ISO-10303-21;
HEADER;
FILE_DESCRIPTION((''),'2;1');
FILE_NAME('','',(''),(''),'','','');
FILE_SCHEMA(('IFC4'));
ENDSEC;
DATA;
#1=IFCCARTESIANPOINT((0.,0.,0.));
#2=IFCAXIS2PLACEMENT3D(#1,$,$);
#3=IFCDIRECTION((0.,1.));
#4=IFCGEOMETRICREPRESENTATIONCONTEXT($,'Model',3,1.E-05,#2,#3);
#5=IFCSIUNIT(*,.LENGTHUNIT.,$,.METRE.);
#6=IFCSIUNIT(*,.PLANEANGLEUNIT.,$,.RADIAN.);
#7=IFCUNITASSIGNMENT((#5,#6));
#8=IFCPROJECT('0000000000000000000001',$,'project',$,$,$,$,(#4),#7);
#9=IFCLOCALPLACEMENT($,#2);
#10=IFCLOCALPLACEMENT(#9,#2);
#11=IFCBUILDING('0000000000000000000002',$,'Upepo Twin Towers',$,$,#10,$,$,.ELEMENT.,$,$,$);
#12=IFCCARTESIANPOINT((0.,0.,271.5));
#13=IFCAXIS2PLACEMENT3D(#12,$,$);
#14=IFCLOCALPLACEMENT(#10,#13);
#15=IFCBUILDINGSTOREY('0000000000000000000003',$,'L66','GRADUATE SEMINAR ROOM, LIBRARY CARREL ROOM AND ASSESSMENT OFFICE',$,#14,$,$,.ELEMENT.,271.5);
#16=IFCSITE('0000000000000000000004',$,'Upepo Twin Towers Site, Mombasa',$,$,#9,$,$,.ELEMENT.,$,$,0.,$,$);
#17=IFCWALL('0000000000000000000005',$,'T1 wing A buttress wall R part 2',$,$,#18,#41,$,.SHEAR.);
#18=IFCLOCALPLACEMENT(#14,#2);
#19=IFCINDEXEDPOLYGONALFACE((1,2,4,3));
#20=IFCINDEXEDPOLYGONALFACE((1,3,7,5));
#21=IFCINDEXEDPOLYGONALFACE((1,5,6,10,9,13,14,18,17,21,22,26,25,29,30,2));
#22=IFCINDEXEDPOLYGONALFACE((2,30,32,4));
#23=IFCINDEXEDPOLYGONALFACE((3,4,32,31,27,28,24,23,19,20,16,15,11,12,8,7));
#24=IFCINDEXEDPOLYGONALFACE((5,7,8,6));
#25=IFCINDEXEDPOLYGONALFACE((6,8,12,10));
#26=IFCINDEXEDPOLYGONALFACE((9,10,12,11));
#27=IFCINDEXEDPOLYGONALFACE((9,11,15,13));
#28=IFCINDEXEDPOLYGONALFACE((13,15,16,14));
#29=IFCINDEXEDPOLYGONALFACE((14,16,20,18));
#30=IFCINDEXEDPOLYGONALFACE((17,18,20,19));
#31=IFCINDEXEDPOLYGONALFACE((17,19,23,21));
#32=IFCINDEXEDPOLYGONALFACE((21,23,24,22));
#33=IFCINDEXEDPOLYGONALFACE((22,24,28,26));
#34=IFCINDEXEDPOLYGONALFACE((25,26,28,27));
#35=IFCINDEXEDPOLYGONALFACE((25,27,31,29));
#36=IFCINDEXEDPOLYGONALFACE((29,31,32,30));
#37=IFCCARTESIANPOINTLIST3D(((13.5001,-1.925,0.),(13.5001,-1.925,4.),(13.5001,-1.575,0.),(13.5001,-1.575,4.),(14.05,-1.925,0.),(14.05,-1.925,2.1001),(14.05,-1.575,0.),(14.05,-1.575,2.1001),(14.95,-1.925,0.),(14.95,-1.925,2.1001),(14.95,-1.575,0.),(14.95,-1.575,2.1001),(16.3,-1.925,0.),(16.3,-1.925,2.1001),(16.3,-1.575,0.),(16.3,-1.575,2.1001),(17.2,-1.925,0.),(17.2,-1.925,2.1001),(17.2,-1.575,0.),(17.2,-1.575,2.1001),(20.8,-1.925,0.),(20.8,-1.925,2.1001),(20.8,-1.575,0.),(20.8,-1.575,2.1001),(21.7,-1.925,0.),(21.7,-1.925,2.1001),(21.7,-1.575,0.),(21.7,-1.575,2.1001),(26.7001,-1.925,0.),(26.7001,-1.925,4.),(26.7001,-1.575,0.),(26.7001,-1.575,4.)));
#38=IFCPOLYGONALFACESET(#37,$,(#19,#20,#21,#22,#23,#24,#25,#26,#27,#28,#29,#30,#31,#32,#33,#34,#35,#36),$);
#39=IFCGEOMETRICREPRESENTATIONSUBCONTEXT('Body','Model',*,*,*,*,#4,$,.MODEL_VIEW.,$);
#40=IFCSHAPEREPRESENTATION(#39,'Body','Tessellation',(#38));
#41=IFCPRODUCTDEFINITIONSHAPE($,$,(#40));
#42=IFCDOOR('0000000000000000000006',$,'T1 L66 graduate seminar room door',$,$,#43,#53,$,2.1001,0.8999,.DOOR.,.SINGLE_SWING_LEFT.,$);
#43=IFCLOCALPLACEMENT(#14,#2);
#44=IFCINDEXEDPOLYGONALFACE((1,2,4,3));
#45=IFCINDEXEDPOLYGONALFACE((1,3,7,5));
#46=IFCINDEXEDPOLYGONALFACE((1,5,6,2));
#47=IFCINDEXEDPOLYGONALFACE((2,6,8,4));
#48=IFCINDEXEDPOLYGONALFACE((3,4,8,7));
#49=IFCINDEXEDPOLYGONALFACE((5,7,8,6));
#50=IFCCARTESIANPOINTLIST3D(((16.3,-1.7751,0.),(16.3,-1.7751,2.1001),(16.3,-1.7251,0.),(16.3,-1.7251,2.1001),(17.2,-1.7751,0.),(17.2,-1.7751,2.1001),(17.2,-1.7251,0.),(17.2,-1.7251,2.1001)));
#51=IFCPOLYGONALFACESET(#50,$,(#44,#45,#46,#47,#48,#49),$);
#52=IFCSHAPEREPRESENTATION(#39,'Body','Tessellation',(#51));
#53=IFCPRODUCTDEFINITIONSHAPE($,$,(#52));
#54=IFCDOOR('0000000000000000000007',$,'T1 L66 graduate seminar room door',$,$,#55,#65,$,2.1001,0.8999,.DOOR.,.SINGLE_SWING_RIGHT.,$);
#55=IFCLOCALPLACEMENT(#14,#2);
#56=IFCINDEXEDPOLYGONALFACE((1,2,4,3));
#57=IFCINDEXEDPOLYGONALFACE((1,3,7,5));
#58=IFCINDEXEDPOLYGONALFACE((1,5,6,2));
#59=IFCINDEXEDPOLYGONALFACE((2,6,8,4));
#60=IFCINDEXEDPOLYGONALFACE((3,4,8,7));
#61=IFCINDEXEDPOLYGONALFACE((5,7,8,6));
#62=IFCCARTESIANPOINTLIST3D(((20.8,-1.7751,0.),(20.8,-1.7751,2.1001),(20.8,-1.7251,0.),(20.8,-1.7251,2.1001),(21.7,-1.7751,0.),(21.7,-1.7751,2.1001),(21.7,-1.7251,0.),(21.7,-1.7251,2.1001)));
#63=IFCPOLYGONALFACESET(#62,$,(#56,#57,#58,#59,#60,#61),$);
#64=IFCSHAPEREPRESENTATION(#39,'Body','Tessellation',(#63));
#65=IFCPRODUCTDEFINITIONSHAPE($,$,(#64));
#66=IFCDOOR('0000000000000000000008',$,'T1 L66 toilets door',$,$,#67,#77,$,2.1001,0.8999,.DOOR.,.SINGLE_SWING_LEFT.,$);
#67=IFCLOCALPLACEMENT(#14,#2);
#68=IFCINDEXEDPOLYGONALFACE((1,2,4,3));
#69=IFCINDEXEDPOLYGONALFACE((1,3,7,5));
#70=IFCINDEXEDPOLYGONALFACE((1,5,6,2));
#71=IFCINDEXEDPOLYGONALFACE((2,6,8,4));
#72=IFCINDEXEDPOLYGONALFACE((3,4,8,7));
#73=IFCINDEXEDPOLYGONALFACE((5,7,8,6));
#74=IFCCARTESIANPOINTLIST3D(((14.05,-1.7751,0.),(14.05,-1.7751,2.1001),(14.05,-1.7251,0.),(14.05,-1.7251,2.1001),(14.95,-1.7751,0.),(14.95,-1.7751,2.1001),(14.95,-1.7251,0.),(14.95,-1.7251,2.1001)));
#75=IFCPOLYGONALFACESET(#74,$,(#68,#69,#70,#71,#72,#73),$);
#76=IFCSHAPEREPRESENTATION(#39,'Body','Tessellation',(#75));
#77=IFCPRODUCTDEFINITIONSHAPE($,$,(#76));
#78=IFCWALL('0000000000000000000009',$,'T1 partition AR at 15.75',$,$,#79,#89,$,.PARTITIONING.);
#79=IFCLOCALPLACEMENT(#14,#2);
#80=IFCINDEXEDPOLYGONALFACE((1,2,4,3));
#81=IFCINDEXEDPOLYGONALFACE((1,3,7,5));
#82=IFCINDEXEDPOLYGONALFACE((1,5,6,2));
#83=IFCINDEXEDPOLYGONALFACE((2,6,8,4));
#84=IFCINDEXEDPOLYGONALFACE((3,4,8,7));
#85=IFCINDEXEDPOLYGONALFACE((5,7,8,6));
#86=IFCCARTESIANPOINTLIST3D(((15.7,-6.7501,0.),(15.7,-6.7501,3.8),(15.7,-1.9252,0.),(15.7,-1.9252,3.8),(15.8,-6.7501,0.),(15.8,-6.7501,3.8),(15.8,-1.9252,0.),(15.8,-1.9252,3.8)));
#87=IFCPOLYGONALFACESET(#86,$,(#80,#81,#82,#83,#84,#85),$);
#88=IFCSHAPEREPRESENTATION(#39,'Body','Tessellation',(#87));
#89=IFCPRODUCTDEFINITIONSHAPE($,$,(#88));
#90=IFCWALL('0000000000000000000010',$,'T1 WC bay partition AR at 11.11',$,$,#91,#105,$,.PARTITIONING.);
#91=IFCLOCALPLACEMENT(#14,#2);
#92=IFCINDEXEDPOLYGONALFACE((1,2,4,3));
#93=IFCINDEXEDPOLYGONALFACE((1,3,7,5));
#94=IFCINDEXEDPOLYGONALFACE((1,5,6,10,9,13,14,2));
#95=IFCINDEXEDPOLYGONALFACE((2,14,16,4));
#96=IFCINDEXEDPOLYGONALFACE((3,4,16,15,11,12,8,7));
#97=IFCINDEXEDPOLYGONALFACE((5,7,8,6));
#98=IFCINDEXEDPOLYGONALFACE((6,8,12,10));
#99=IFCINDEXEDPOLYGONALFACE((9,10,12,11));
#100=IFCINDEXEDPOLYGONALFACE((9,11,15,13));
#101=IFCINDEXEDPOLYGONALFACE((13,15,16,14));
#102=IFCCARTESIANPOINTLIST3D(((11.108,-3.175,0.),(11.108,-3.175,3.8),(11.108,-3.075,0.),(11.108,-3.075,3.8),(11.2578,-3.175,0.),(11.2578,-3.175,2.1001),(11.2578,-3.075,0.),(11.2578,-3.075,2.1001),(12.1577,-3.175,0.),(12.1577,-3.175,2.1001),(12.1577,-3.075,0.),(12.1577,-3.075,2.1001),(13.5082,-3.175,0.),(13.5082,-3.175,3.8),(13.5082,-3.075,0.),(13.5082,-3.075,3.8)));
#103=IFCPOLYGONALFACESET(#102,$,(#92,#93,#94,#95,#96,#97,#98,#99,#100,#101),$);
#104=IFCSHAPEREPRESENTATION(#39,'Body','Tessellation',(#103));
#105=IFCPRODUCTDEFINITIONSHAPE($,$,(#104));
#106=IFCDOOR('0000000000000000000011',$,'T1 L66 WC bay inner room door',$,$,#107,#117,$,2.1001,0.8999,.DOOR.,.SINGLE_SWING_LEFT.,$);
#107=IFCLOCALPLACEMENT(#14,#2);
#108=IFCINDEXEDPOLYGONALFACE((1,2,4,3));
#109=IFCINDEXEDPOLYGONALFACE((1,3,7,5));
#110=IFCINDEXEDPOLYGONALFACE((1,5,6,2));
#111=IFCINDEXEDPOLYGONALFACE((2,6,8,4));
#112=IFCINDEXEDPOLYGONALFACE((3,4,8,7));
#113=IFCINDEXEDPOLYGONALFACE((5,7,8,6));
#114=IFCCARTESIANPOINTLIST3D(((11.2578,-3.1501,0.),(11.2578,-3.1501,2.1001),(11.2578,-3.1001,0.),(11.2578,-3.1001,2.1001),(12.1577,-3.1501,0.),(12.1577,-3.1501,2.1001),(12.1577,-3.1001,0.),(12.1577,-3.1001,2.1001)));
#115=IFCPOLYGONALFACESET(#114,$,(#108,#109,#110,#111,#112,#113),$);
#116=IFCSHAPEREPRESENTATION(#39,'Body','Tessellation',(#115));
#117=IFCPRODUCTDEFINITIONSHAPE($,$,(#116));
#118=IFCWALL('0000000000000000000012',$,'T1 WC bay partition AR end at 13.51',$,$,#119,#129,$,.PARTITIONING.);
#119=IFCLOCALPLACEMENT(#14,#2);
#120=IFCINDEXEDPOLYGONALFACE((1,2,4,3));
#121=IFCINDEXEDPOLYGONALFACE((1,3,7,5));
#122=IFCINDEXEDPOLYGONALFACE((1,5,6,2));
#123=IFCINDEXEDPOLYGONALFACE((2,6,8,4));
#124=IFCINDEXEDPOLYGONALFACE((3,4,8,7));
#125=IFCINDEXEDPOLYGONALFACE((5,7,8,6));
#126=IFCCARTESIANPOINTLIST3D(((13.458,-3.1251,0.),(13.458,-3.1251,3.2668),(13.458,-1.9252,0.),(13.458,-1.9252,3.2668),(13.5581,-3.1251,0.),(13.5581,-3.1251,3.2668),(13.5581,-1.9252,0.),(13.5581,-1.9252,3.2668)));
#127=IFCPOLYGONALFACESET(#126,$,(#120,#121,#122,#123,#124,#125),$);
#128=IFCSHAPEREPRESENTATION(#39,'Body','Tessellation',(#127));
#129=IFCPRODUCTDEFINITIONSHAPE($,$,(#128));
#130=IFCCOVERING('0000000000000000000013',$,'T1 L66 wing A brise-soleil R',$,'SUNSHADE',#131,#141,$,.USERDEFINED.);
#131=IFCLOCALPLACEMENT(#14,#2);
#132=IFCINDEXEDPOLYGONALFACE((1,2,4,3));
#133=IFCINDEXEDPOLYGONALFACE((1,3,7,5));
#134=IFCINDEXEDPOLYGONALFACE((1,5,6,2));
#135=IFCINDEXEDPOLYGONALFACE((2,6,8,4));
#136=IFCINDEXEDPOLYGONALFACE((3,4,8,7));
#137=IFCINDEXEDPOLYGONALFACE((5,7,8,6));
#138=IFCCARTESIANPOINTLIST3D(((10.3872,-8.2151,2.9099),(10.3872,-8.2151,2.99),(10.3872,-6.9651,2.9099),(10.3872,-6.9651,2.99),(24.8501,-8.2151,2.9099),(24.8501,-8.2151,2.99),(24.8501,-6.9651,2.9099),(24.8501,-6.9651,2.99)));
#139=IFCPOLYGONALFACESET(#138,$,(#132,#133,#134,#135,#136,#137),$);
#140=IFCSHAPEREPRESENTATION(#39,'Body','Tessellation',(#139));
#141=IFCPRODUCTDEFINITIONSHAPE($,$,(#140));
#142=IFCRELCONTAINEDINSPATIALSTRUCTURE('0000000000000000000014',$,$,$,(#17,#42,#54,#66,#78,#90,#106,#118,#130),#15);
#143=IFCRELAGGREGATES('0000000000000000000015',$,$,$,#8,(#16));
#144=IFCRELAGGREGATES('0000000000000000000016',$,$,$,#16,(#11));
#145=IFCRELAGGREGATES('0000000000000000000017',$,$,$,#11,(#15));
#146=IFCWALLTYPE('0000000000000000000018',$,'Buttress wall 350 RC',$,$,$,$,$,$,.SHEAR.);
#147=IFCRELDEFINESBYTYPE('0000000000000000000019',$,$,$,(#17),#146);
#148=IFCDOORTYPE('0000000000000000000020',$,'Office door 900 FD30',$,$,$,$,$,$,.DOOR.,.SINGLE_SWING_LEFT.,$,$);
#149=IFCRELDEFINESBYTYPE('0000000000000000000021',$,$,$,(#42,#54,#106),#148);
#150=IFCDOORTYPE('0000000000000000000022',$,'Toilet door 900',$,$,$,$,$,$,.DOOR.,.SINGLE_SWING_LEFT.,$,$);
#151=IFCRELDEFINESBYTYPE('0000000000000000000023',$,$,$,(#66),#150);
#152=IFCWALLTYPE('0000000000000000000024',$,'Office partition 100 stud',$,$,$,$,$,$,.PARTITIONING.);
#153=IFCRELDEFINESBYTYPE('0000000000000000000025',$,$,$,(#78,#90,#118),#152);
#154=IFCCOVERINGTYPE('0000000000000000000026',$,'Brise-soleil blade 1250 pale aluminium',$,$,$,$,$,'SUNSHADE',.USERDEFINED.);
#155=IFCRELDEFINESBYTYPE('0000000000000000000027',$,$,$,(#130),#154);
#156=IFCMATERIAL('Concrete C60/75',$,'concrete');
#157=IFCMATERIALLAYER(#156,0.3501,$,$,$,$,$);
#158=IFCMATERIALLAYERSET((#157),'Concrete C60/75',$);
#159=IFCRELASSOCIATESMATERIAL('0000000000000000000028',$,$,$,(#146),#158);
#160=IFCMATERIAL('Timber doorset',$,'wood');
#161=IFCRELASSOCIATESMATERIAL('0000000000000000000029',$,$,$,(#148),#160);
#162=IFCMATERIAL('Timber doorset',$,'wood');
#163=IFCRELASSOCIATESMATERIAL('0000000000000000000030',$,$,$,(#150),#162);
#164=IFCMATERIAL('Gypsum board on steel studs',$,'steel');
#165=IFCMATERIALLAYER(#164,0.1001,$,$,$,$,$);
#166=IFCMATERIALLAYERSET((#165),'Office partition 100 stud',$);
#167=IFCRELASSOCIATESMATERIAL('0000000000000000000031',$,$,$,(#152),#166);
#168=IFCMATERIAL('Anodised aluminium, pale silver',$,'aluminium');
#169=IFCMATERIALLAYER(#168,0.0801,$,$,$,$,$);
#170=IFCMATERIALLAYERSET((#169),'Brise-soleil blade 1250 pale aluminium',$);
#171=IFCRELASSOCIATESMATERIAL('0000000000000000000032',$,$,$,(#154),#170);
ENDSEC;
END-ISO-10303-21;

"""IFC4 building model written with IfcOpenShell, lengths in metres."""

from ifc_helpers import new_model, si_unit, direction, frame, frame_2d, origin, origin_2d, place, context, subcontext, project, spatial, rectangle, extrude, material, layer, layer_set, type_object, element, fill, save


model = new_model("IFC4")

# Units and contexts
model_context = context("Model", 3, precision=1e-05, world=origin(), true_north=direction((0.0, 1.0)))
body_context = subcontext(model_context, "Body", "Model", "MODEL_VIEW")
ifc_project = project(units=[si_unit("LENGTHUNIT", "METRE"), si_unit("PLANEANGLEUNIT", "RADIAN")], contexts=[model_context])

# Site, building, storey
site_placement = place(None, origin())
site = spatial("IfcSite", under=ifc_project, at=site_placement, Name="Upepo Twin Towers Site, Mombasa", CompositionType="ELEMENT", RefElevation=0.0)
building_placement = place(site_placement, origin())
building = spatial("IfcBuilding", under=site, at=building_placement, Name="Upepo Twin Towers", CompositionType="ELEMENT")
storey_placement = place(building_placement, frame((0.0, 0.0, 271.5)))
storey = spatial("IfcBuildingStorey", under=building, at=storey_placement, Name="L66", Description="GRADUATE SEMINAR ROOM, LIBRARY CARREL ROOM AND ASSESSMENT OFFICE", CompositionType="ELEMENT", Elevation=271.5)

# Shared definitions
ifc_material_1 = material(Name="Concrete C60/75", Category="concrete")
ifc_layer_1 = layer(ifc_material_1, 0.3501)
ifc_layer_set_1 = layer_set([ifc_layer_1], Name="Concrete C60/75")
wall_type_1 = type_object("IfcWallType", Name="Buttress wall 350 RC", PredefinedType="SHEAR", material=ifc_layer_set_1)

# Wall, openings, doors
wall_1_placement = place(storey_placement, frame((13.5, -1.75, 0.0), z_axis=(0.0, 0.0, 1.0), x_axis=(1.0, 0.0, 0.0)))
wall_1 = element("IfcWall", 1, at=wall_1_placement, inside=storey, type_object=wall_type_1, Name="T1 wing A buttress wall R part 2", PredefinedType="SHEAR", context=body_context, shape_type="SweptSolid", body=[
    extrude(rectangle(XDim=13.2, YDim=0.3501, at=frame_2d((6.6001, 0.0))), origin(), (0.0, 0.0, 1.0), 4.0),
])
opening_1_placement = place(wall_1_placement, frame((0.55, 0.0, 0.0)))
opening_1 = element("IfcOpeningElement", 2, at=opening_1_placement, cuts=wall_1, PredefinedType="OPENING", context=body_context, shape_type="SweptSolid", body=[
    extrude(rectangle(XDim=0.8999, YDim=2.1001, at=frame_2d((0.45, 1.05))), frame((0.0, 0.1851, 0.0), z_axis=(0.0, -1.0, 0.0), x_axis=(1.0, 0.0, 0.0)), (0.0, 0.0, 1.0), 0.3701),
])
opening_2_placement = place(wall_1_placement, frame((2.8, 0.0, 0.0)))
opening_2 = element("IfcOpeningElement", 3, at=opening_2_placement, cuts=wall_1, PredefinedType="OPENING", context=body_context, shape_type="SweptSolid", body=[
    extrude(rectangle(XDim=0.8999, YDim=2.1001, at=frame_2d((0.45, 1.05))), frame((0.0, 0.1851, 0.0), z_axis=(0.0, -1.0, 0.0), x_axis=(1.0, 0.0, 0.0)), (0.0, 0.0, 1.0), 0.3701),
])
opening_3_placement = place(wall_1_placement, frame((7.3, 0.0, 0.0)))
opening_3 = element("IfcOpeningElement", 4, at=opening_3_placement, cuts=wall_1, PredefinedType="OPENING", context=body_context, shape_type="SweptSolid", body=[
    extrude(rectangle(XDim=0.8999, YDim=2.1001, at=frame_2d((0.45, 1.05))), frame((0.0, 0.1851, 0.0), z_axis=(0.0, -1.0, 0.0), x_axis=(1.0, 0.0, 0.0)), (0.0, 0.0, 1.0), 0.3701),
])
ifc_material_2 = material(Name="Timber doorset", Category="wood")
door_type_1 = type_object("IfcDoorType", Name="Office door 900 FD30", OperationType="SINGLE_SWING_LEFT", PredefinedType="DOOR", material=ifc_material_2)
door_1_placement = place(opening_2_placement, origin())
door_1 = element("IfcDoor", 5, at=door_1_placement, inside=storey, type_object=door_type_1, Name="T1 L66 graduate seminar room door", OperationType="SINGLE_SWING_LEFT", OverallHeight=2.1001, OverallWidth=0.8999, PredefinedType="DOOR", context=body_context, shape_type="SweptSolid", body=[
    extrude(rectangle(XDim=0.8999, YDim=2.1001, at=frame_2d((0.45, 1.05))), frame((0.0, 0.0249, 0.0), z_axis=(0.0, -1.0, 0.0), x_axis=(1.0, 0.0, 0.0)), (0.0, 0.0, 1.0), 0.05),
])
fill(opening_2, door_1)
door_2_placement = place(opening_3_placement, origin())
door_2 = element("IfcDoor", 6, at=door_2_placement, inside=storey, type_object=door_type_1, Name="T1 L66 graduate seminar room door", OperationType="SINGLE_SWING_RIGHT", OverallHeight=2.1001, OverallWidth=0.8999, PredefinedType="DOOR", context=body_context, shape_type="SweptSolid", body=[
    extrude(rectangle(XDim=0.8999, YDim=2.1001, at=frame_2d((0.45, 1.05))), frame((0.0, 0.0249, 0.0), z_axis=(0.0, -1.0, 0.0), x_axis=(1.0, 0.0, 0.0)), (0.0, 0.0, 1.0), 0.05),
])
fill(opening_3, door_2)
ifc_material_3 = material(Name="Timber doorset", Category="wood")
door_type_2 = type_object("IfcDoorType", Name="Toilet door 900", OperationType="SINGLE_SWING_LEFT", PredefinedType="DOOR", material=ifc_material_3)
door_3_placement = place(opening_1_placement, origin())
door_3 = element("IfcDoor", 7, at=door_3_placement, inside=storey, type_object=door_type_2, Name="T1 L66 toilets door", OperationType="SINGLE_SWING_LEFT", OverallHeight=2.1001, OverallWidth=0.8999, PredefinedType="DOOR", context=body_context, shape_type="SweptSolid", body=[
    extrude(rectangle(XDim=0.8999, YDim=2.1001, at=frame_2d((0.45, 1.05))), frame((0.0, 0.0249, 0.0), z_axis=(0.0, -1.0, 0.0), x_axis=(1.0, 0.0, 0.0)), (0.0, 0.0, 1.0), 0.05),
])
fill(opening_1, door_3)

# Wall
ifc_material_4 = material(Name="Gypsum board on steel studs", Category="steel")
ifc_layer_2 = layer(ifc_material_4, 0.1001)
ifc_layer_set_2 = layer_set([ifc_layer_2], Name="Office partition 100 stud")
wall_type_2 = type_object("IfcWallType", Name="Office partition 100 stud", PredefinedType="PARTITIONING", material=ifc_layer_set_2)
wall_2_placement = place(storey_placement, frame((15.75, -1.925, 0.0), z_axis=(0.0, 0.0, 1.0), x_axis=(0.0, -1.0, 0.0)))
element("IfcWall", 8, at=wall_2_placement, inside=storey, type_object=wall_type_2, Name="T1 partition AR at 15.75", PredefinedType="PARTITIONING", context=body_context, shape_type="SweptSolid", body=[
    extrude(rectangle(XDim=4.825, YDim=0.1001, at=frame_2d((2.4126, 0.0))), origin(), (0.0, 0.0, 1.0), 3.8),
])

# Wall, opening, door
wall_3_placement = place(storey_placement, frame((11.1079, -3.125, 0.0), z_axis=(0.0, 0.0, 1.0), x_axis=(1.0, 0.0, 0.0)))
wall_3 = element("IfcWall", 9, at=wall_3_placement, inside=storey, type_object=wall_type_2, Name="T1 WC bay partition AR at 11.11", PredefinedType="PARTITIONING", context=body_context, shape_type="SweptSolid", body=[
    extrude(rectangle(XDim=2.4001, YDim=0.1001, at=frame_2d((1.2002, 0.0))), origin(), (0.0, 0.0, 1.0), 3.8),
])
opening_4_placement = place(wall_3_placement, frame((0.1499, 0.0, 0.0)))
opening_4 = element("IfcOpeningElement", 10, at=opening_4_placement, cuts=wall_3, PredefinedType="OPENING", context=body_context, shape_type="SweptSolid", body=[
    extrude(rectangle(XDim=0.8999, YDim=2.1001, at=frame_2d((0.45, 1.05))), frame((0.0, 0.0601, 0.0), z_axis=(0.0, -1.0, 0.0), x_axis=(1.0, 0.0, 0.0)), (0.0, 0.0, 1.0), 0.1201),
])
door_4_placement = place(opening_4_placement, origin())
door_4 = element("IfcDoor", 11, at=door_4_placement, inside=storey, type_object=door_type_1, Name="T1 L66 WC bay inner room door", OperationType="SINGLE_SWING_LEFT", OverallHeight=2.1001, OverallWidth=0.8999, PredefinedType="DOOR", context=body_context, shape_type="SweptSolid", body=[
    extrude(rectangle(XDim=0.8999, YDim=2.1001, at=frame_2d((0.45, 1.05))), frame((0.0, 0.0249, 0.0), z_axis=(0.0, -1.0, 0.0), x_axis=(1.0, 0.0, 0.0)), (0.0, 0.0, 1.0), 0.05),
])
fill(opening_4, door_4)

# Wall
wall_4_placement = place(storey_placement, frame((13.5081, -1.925, 0.0), z_axis=(0.0, 0.0, 1.0), x_axis=(0.0, -1.0, 0.0)))
element("IfcWall", 12, at=wall_4_placement, inside=storey, type_object=wall_type_2, Name="T1 WC bay partition AR end at 13.51", PredefinedType="PARTITIONING", context=body_context, shape_type="SweptSolid", body=[
    extrude(rectangle(XDim=1.2, YDim=0.1001, at=frame_2d((0.6001, 0.0))), origin(), (0.0, 0.0, 1.0), 3.2668),
])

# Covering
ifc_material_5 = material(Name="Anodised aluminium, pale silver", Category="aluminium")
ifc_layer_3 = layer(ifc_material_5, 0.0801)
ifc_layer_set_3 = layer_set([ifc_layer_3], Name="Brise-soleil blade 1250 pale aluminium")
covering_type = type_object("IfcCoveringType", Name="Brise-soleil blade 1250 pale aluminium", ElementType="SUNSHADE", PredefinedType="USERDEFINED", material=ifc_layer_set_3)
covering_placement = place(storey_placement, frame((17.6187, -7.5901, 2.9099), z_axis=(0.0, 0.0, 1.0), x_axis=(1.0, 0.0, 0.0)))
element("IfcCovering", 13, at=covering_placement, inside=storey, type_object=covering_type, Name="T1 L66 wing A brise-soleil R", ObjectType="SUNSHADE", PredefinedType="USERDEFINED", context=body_context, shape_type="SweptSolid", body=[
    extrude(rectangle(XDim=14.4629, YDim=1.25, at=origin_2d()), origin(), (0.0, 0.0, 1.0), 0.0801),
])

save(model, "model.ifc")
